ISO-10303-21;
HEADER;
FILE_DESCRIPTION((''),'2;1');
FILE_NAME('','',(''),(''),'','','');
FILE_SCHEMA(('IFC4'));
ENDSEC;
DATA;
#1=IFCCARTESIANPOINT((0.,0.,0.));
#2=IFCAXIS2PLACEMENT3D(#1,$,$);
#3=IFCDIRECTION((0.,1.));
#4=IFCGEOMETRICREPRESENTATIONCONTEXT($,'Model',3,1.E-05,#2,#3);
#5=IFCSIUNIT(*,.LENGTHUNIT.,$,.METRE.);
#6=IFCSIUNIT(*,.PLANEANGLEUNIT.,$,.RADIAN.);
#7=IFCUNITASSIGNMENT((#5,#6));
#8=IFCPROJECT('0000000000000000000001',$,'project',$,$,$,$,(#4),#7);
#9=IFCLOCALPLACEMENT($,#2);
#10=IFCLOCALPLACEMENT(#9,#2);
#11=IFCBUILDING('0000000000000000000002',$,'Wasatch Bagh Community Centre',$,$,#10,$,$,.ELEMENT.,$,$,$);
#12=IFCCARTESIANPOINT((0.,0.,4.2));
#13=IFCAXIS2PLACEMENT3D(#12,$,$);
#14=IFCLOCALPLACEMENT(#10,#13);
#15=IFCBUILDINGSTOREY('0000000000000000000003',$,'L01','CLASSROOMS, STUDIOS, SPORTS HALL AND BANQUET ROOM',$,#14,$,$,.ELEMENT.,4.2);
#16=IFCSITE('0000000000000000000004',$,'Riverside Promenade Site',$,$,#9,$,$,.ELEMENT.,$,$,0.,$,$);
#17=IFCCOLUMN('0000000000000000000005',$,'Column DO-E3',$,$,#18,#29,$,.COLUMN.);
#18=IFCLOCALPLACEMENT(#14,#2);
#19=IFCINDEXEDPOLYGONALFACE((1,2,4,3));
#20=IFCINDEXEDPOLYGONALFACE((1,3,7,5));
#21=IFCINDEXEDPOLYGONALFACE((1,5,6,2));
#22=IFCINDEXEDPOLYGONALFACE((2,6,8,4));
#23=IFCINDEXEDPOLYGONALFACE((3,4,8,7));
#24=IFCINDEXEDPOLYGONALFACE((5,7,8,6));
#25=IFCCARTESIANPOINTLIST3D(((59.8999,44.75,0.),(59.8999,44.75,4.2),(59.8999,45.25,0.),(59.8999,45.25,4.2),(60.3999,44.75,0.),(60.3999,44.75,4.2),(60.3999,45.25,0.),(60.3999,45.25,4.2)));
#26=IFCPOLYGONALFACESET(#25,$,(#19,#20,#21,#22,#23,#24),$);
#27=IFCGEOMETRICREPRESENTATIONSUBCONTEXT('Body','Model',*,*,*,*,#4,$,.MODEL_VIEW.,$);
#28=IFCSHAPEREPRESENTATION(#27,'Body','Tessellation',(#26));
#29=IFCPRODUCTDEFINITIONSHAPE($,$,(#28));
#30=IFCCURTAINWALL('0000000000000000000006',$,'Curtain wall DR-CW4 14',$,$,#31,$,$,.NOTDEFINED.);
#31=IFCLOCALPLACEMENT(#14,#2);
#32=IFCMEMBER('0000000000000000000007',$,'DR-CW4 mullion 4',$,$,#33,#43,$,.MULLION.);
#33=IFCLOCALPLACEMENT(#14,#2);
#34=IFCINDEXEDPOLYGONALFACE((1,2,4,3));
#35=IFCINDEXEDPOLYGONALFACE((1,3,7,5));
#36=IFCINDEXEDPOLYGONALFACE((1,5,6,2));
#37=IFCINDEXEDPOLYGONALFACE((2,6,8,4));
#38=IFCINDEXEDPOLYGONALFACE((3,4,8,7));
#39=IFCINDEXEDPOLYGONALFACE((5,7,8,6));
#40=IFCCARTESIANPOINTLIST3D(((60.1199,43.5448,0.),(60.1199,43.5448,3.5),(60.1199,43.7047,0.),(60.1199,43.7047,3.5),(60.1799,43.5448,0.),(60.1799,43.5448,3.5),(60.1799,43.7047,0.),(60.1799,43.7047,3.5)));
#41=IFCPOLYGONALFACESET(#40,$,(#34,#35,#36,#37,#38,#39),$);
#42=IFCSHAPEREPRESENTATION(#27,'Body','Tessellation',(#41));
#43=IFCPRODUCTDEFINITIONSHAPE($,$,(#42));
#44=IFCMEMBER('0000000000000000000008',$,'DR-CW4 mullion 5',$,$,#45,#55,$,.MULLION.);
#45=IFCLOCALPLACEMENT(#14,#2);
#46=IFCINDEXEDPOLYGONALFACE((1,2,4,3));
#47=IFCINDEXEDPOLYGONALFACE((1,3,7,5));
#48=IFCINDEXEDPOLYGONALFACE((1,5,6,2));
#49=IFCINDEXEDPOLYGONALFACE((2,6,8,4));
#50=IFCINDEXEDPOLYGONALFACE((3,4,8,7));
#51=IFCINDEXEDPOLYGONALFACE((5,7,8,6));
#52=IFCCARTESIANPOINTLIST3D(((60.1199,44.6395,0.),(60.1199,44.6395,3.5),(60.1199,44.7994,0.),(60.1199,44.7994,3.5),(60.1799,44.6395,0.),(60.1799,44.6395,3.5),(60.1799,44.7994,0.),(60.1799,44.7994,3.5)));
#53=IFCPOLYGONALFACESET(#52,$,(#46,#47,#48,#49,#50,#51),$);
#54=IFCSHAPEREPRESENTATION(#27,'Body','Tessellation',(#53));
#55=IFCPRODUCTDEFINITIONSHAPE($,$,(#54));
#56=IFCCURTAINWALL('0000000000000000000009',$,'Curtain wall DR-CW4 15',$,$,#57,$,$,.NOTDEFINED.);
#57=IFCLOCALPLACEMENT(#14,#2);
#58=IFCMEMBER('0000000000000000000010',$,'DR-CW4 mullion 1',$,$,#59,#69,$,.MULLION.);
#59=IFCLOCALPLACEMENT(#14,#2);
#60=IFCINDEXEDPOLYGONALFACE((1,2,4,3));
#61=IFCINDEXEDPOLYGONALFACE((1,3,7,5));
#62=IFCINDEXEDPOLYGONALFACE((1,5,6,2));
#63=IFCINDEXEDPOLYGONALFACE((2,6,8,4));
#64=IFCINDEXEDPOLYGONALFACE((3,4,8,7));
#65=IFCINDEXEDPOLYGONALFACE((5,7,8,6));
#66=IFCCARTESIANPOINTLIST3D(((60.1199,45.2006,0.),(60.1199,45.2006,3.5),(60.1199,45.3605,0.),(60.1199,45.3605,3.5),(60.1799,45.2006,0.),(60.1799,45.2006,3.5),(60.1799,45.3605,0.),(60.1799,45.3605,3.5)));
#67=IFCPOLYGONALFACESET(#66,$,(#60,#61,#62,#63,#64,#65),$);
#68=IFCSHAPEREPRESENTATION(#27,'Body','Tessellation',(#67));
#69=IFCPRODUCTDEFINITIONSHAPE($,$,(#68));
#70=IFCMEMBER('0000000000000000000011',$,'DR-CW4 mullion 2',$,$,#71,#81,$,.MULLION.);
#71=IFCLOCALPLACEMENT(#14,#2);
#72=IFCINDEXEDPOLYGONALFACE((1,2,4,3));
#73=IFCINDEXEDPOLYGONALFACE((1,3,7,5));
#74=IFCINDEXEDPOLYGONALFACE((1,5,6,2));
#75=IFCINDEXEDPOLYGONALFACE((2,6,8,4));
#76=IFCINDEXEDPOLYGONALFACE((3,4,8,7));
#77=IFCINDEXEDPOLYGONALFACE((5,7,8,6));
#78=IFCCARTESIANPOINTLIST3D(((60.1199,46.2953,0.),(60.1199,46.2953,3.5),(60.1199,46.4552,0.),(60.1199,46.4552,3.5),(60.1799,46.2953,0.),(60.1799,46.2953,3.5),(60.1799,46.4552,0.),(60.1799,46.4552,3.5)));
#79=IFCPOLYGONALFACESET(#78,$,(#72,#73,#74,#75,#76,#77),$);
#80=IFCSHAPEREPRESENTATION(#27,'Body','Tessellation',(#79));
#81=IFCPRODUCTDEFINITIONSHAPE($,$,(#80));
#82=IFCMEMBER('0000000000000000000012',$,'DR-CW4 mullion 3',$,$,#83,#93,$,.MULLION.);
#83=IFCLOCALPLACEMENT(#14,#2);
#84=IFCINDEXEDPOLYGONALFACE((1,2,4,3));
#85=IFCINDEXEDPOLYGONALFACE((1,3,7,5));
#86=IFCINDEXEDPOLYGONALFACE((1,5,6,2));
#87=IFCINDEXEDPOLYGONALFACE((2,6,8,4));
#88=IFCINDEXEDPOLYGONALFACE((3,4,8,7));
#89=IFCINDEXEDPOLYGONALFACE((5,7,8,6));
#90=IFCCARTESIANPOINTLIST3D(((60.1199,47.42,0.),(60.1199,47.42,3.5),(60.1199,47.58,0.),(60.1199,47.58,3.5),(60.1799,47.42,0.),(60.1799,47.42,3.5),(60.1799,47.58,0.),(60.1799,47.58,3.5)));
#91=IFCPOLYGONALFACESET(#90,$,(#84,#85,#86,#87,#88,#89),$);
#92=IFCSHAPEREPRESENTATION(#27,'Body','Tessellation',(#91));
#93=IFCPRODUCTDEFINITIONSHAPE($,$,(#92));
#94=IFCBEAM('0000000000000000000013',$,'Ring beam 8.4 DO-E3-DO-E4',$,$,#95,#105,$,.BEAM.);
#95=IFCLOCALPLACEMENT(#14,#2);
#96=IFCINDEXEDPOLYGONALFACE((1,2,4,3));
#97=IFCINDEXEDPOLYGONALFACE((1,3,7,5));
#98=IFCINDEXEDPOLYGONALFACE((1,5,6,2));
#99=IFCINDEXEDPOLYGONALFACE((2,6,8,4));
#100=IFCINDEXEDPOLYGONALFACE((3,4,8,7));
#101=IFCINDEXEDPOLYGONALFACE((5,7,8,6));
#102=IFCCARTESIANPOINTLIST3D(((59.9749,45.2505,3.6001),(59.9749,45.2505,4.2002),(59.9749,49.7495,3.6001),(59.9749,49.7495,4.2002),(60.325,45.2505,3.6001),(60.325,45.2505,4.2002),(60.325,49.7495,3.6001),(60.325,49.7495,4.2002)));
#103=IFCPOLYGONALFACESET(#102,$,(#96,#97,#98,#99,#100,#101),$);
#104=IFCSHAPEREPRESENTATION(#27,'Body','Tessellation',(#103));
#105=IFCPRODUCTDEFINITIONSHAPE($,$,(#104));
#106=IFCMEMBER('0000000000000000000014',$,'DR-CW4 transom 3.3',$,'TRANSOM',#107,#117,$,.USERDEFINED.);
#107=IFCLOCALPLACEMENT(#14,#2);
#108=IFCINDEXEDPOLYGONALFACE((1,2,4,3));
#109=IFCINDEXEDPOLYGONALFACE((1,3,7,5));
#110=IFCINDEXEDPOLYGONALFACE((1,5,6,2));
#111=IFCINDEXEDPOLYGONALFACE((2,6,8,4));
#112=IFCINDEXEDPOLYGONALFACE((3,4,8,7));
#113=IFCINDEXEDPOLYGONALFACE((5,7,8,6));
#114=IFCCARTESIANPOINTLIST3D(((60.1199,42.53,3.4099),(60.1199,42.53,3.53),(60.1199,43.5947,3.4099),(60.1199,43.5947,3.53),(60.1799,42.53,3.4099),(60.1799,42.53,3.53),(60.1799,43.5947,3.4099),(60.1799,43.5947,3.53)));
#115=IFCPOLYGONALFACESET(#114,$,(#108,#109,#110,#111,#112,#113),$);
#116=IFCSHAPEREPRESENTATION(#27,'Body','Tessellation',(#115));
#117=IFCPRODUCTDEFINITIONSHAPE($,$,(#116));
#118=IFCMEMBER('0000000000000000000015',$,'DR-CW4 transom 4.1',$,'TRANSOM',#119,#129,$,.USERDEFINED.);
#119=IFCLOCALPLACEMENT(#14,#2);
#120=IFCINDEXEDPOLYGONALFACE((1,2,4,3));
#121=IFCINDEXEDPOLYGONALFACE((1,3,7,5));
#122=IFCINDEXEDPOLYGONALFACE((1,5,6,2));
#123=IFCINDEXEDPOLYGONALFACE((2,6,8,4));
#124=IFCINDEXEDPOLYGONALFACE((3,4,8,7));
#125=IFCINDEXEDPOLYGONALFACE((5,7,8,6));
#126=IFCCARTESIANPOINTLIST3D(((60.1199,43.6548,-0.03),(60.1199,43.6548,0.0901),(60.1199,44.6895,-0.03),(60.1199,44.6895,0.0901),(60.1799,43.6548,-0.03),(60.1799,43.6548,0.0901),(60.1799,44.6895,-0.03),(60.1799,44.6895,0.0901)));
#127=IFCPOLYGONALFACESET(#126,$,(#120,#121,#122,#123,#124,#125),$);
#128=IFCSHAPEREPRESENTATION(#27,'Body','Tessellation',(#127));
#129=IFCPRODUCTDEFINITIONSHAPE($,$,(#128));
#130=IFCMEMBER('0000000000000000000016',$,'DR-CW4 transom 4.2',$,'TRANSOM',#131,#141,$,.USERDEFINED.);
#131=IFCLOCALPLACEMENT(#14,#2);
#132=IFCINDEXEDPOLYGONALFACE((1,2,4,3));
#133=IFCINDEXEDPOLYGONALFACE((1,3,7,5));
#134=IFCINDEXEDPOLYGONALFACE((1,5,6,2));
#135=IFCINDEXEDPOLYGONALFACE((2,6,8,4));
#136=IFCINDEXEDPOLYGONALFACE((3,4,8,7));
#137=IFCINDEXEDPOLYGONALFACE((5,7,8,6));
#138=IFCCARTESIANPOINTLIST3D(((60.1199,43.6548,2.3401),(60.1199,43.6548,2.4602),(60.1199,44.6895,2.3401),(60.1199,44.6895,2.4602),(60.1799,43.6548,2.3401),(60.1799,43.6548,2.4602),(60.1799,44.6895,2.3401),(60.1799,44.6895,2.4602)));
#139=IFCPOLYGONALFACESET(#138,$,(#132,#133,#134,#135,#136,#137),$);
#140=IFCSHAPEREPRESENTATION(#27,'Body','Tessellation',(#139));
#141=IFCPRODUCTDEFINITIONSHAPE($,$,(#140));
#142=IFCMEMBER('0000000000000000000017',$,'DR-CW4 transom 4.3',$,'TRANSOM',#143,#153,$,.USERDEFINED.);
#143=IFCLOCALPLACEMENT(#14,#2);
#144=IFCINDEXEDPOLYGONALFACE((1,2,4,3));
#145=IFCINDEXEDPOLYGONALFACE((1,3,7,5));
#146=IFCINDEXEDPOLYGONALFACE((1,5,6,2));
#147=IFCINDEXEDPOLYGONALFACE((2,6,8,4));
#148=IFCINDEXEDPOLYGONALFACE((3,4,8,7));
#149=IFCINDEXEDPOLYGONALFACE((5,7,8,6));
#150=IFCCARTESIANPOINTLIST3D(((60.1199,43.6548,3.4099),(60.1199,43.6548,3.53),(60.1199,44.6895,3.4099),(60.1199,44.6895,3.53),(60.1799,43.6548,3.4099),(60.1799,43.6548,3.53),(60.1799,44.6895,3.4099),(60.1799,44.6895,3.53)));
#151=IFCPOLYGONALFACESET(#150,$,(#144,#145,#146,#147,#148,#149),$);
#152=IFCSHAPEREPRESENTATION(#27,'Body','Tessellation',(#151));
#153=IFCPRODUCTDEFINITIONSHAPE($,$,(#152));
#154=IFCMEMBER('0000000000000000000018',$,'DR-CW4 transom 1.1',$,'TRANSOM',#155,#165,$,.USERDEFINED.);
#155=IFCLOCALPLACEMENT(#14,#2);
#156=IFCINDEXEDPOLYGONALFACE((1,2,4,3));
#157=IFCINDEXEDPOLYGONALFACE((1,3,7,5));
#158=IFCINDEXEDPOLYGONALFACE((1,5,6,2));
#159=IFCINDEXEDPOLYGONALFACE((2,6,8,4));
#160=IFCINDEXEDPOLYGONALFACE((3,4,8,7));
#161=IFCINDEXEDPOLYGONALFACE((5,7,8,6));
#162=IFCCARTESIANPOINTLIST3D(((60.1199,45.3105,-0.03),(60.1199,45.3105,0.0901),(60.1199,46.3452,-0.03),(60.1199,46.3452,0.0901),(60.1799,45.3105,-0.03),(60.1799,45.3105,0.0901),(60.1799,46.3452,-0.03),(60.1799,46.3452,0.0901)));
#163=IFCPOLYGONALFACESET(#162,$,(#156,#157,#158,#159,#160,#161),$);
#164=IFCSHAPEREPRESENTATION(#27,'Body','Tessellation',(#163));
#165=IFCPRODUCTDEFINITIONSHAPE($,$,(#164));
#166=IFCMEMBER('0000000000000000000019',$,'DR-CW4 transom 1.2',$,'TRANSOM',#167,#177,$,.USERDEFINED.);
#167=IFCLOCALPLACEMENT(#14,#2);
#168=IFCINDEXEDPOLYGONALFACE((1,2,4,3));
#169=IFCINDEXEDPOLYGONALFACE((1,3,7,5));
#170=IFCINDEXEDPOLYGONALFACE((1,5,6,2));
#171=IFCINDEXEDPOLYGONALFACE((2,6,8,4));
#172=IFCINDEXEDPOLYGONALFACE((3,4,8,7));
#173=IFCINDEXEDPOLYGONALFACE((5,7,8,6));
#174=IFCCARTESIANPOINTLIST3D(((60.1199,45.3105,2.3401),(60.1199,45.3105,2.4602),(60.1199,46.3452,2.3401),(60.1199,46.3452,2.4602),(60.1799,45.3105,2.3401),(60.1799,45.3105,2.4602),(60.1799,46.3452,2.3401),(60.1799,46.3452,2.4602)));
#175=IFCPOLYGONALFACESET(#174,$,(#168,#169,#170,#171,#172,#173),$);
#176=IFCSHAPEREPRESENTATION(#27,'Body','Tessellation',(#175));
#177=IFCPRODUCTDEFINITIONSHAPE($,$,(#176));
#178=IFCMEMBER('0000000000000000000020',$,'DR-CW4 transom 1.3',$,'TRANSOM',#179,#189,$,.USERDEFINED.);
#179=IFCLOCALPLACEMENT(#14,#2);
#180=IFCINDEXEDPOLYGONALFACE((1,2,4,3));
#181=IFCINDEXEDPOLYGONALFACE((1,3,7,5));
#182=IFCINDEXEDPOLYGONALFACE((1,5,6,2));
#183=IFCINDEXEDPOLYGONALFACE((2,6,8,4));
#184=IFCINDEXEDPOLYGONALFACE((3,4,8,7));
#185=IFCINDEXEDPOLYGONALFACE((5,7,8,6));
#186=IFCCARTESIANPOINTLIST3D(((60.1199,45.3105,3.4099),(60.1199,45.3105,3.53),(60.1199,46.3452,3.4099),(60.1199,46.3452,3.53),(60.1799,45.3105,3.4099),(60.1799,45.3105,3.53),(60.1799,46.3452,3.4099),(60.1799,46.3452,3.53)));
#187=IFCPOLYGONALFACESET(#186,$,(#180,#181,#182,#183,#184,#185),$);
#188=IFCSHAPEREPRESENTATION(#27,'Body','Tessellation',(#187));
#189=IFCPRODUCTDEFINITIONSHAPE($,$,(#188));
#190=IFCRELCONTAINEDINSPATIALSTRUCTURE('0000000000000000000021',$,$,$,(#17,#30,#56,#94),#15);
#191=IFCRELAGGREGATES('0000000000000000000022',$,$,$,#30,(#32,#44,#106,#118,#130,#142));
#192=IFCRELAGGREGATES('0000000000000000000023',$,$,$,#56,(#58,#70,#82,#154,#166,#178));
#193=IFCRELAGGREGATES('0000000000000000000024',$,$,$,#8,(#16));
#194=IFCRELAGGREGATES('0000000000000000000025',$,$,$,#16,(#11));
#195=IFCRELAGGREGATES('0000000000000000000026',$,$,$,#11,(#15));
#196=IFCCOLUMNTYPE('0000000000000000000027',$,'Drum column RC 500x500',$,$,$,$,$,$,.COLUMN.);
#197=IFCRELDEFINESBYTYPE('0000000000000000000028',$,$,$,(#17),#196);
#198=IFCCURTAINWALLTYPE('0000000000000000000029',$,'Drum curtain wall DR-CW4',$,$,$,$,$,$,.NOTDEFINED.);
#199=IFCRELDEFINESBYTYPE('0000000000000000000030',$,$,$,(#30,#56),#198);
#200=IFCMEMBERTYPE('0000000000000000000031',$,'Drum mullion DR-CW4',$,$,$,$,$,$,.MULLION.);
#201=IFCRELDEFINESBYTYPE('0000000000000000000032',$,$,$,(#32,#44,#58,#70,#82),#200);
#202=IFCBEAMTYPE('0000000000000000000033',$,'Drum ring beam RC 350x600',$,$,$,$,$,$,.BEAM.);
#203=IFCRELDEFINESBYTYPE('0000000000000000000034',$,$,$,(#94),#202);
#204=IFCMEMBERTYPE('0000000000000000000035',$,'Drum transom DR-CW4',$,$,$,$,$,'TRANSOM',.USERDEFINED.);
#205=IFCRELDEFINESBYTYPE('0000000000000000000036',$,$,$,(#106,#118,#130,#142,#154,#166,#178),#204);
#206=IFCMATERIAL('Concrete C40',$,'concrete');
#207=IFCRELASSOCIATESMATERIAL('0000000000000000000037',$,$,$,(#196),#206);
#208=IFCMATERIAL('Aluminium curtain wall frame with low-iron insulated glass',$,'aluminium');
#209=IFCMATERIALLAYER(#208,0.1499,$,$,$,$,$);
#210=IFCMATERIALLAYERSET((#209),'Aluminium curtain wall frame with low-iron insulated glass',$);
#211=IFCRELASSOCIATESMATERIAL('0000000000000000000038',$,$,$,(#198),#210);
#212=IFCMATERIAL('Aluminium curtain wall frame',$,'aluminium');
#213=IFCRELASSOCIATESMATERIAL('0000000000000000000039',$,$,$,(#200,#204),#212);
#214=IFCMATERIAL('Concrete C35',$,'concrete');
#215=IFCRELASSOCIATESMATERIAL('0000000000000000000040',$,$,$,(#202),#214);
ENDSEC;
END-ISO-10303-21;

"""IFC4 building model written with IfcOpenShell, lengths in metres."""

from ifc_helpers import new_model, si_unit, direction, frame, origin, origin_2d, place, context, subcontext, project, spatial, rectangle, extrude, material, layer, layer_set, material_profile, profile_set, type_object, element, aggregate, save


model = new_model("IFC4")

# Units and contexts
model_context = context("Model", 3, precision=1e-05, world=origin(), true_north=direction((0.0, 1.0)))
body_context = subcontext(model_context, "Body", "Model", "MODEL_VIEW")
ifc_project = project(units=[si_unit("LENGTHUNIT", "METRE"), si_unit("PLANEANGLEUNIT", "RADIAN")], contexts=[model_context])

# Site, building, storey
site_placement = place(None, origin())
site = spatial("IfcSite", under=ifc_project, at=site_placement, Name="Riverside Promenade Site", CompositionType="ELEMENT", RefElevation=0.0)
building_placement = place(site_placement, origin())
building = spatial("IfcBuilding", under=site, at=building_placement, Name="Wasatch Bagh Community Centre", CompositionType="ELEMENT")
storey_placement = place(building_placement, frame((0.0, 0.0, 4.2)))
storey = spatial("IfcBuildingStorey", under=building, at=storey_placement, Name="L01", Description="CLASSROOMS, STUDIOS, SPORTS HALL AND BANQUET ROOM", CompositionType="ELEMENT", Elevation=4.2)

# Column
ifc_material_1 = material(Name="Concrete C40", Category="concrete")
ifc_material_profile_1 = material_profile(ifc_material_1, rectangle(XDim=0.5, YDim=0.5, at=origin_2d()), Name="RC 500x500")
ifc_profile_set_1 = profile_set([ifc_material_profile_1], Name="Concrete C40")
column_type = type_object("IfcColumnType", Name="Drum column RC 500x500", PredefinedType="COLUMN", material=ifc_profile_set_1)
column_placement = place(storey_placement, frame((60.1499, 45.0, 0.0), z_axis=(0.0, 0.0, 1.0), x_axis=(1.0, 0.0, 0.0)))
element("IfcColumn", 1, at=column_placement, inside=storey, type_object=column_type, Name="Column DO-E3", PredefinedType="COLUMN", context=body_context, shape_type="SweptSolid", body=[
    extrude(rectangle(XDim=0.5, YDim=0.5, at=origin_2d()), origin(), (0.0, 0.0, 1.0), 4.2),
])

# Curtain walls, members
ifc_material_2 = material(Name="Aluminium curtain wall frame with low-iron insulated glass", Category="aluminium")
ifc_layer_1 = layer(ifc_material_2, 0.1499)
ifc_layer_set_1 = layer_set([ifc_layer_1], Name="Aluminium curtain wall frame with low-iron insulated glass")
curtain_wall_type = type_object("IfcCurtainWallType", Name="Drum curtain wall DR-CW4", PredefinedType="NOTDEFINED", material=ifc_layer_set_1)
curtain_wall_1_placement = place(storey_placement, origin())
curtain_wall_1 = element("IfcCurtainWall", 2, at=curtain_wall_1_placement, inside=storey, type_object=curtain_wall_type, Name="Curtain wall DR-CW4 14", PredefinedType="NOTDEFINED")
ifc_material_3 = material(Name="Aluminium curtain wall frame", Category="aluminium")
ifc_material_profile_2 = material_profile(ifc_material_3, rectangle(XDim=0.0601, YDim=0.1599, at=origin_2d()), Name="Drum mullion DR-CW4")
ifc_profile_set_2 = profile_set([ifc_material_profile_2], Name="Aluminium curtain wall frame")
member_type_1 = type_object("IfcMemberType", Name="Drum mullion DR-CW4", PredefinedType="MULLION", material=ifc_profile_set_2)
member_1_placement = place(storey_placement, frame((60.1499, 43.6248, 0.0), z_axis=(0.0, 0.0, 1.0), x_axis=(-1.0, 0.0, 0.0)))
member_1 = element("IfcMember", 3, at=member_1_placement, type_object=member_type_1, Name="DR-CW4 mullion 4", PredefinedType="MULLION", context=body_context, shape_type="SweptSolid", body=[
    extrude(rectangle(XDim=0.0601, YDim=0.1599, at=origin_2d()), origin(), (0.0, 0.0, 1.0), 3.5),
])
member_2_placement = place(storey_placement, frame((60.1499, 44.7195, 0.0), z_axis=(0.0, 0.0, 1.0), x_axis=(-1.0, 0.0, 0.0)))
member_2 = element("IfcMember", 4, at=member_2_placement, type_object=member_type_1, Name="DR-CW4 mullion 5", PredefinedType="MULLION", context=body_context, shape_type="SweptSolid", body=[
    extrude(rectangle(XDim=0.0601, YDim=0.1599, at=origin_2d()), origin(), (0.0, 0.0, 1.0), 3.5),
])
curtain_wall_2_placement = place(storey_placement, origin())
curtain_wall_2 = element("IfcCurtainWall", 5, at=curtain_wall_2_placement, inside=storey, type_object=curtain_wall_type, Name="Curtain wall DR-CW4 15", PredefinedType="NOTDEFINED")
member_3_placement = place(storey_placement, frame((60.1499, 45.2805, 0.0), z_axis=(0.0, 0.0, 1.0), x_axis=(-1.0, 0.0, 0.0)))
member_3 = element("IfcMember", 6, at=member_3_placement, type_object=member_type_1, Name="DR-CW4 mullion 1", PredefinedType="MULLION", context=body_context, shape_type="SweptSolid", body=[
    extrude(rectangle(XDim=0.0601, YDim=0.1599, at=origin_2d()), origin(), (0.0, 0.0, 1.0), 3.5),
])
member_4_placement = place(storey_placement, frame((60.1499, 46.3752, 0.0), z_axis=(0.0, 0.0, 1.0), x_axis=(-1.0, 0.0, 0.0)))
member_4 = element("IfcMember", 7, at=member_4_placement, type_object=member_type_1, Name="DR-CW4 mullion 2", PredefinedType="MULLION", context=body_context, shape_type="SweptSolid", body=[
    extrude(rectangle(XDim=0.0601, YDim=0.1599, at=origin_2d()), origin(), (0.0, 0.0, 1.0), 3.5),
])
member_5_placement = place(storey_placement, frame((60.1499, 47.5, 0.0), z_axis=(0.0, 0.0, 1.0), x_axis=(-1.0, 0.0, 0.0)))
member_5 = element("IfcMember", 8, at=member_5_placement, type_object=member_type_1, Name="DR-CW4 mullion 3", PredefinedType="MULLION", context=body_context, shape_type="SweptSolid", body=[
    extrude(rectangle(XDim=0.0601, YDim=0.1599, at=origin_2d()), origin(), (0.0, 0.0, 1.0), 3.5),
])

# Beam
ifc_material_4 = material(Name="Concrete C35", Category="concrete")
ifc_material_profile_3 = material_profile(ifc_material_4, rectangle(XDim=0.3501, YDim=0.6001, at=origin_2d()), Name="RC 350x600")
ifc_profile_set_3 = profile_set([ifc_material_profile_3], Name="Concrete C35")
beam_type = type_object("IfcBeamType", Name="Drum ring beam RC 350x600", PredefinedType="BEAM", material=ifc_profile_set_3)
beam_placement = place(storey_placement, frame((60.1499, 45.2505, 3.9001), z_axis=(0.0, 1.0, 0.0), x_axis=(-1.0, 0.0, 0.0)))
element("IfcBeam", 9, at=beam_placement, inside=storey, type_object=beam_type, Name="Ring beam 8.4 DO-E3-DO-E4", PredefinedType="BEAM", context=body_context, shape_type="SweptSolid", body=[
    extrude(rectangle(XDim=0.3501, YDim=0.6001, at=origin_2d()), origin(), (0.0, 0.0, 1.0), 4.499),
])

# Members
ifc_material_profile_4 = material_profile(ifc_material_3, rectangle(XDim=0.0601, YDim=0.1201, at=origin_2d()), Name="Drum transom DR-CW4")
ifc_profile_set_4 = profile_set([ifc_material_profile_4], Name="Aluminium curtain wall frame")
member_type_2 = type_object("IfcMemberType", Name="Drum transom DR-CW4", ElementType="TRANSOM", PredefinedType="USERDEFINED", material=ifc_profile_set_4)
member_6_placement = place(storey_placement, frame((60.1499, 42.53, 3.47), z_axis=(0.0, 1.0, 0.0), x_axis=(-1.0, 0.0, 0.0)))
member_6 = element("IfcMember", 10, at=member_6_placement, type_object=member_type_2, Name="DR-CW4 transom 3.3", ObjectType="TRANSOM", PredefinedType="USERDEFINED", context=body_context, shape_type="SweptSolid", body=[
    extrude(rectangle(XDim=0.0601, YDim=0.1201, at=origin_2d()), origin(), (0.0, 0.0, 1.0), 1.0647),
])
member_7_placement = place(storey_placement, frame((60.1499, 43.6548, 0.03), z_axis=(0.0, 1.0, 0.0), x_axis=(-1.0, 0.0, 0.0)))
member_7 = element("IfcMember", 11, at=member_7_placement, type_object=member_type_2, Name="DR-CW4 transom 4.1", ObjectType="TRANSOM", PredefinedType="USERDEFINED", context=body_context, shape_type="SweptSolid", body=[
    extrude(rectangle(XDim=0.0601, YDim=0.1201, at=origin_2d()), origin(), (0.0, 0.0, 1.0), 1.0347),
])
member_8_placement = place(storey_placement, frame((60.1499, 43.6548, 2.4001), z_axis=(0.0, 1.0, 0.0), x_axis=(-1.0, 0.0, 0.0)))
member_8 = element("IfcMember", 12, at=member_8_placement, type_object=member_type_2, Name="DR-CW4 transom 4.2", ObjectType="TRANSOM", PredefinedType="USERDEFINED", context=body_context, shape_type="SweptSolid", body=[
    extrude(rectangle(XDim=0.0601, YDim=0.1201, at=origin_2d()), origin(), (0.0, 0.0, 1.0), 1.0347),
])
member_9_placement = place(storey_placement, frame((60.1499, 43.6548, 3.47), z_axis=(0.0, 1.0, 0.0), x_axis=(-1.0, 0.0, 0.0)))
member_9 = element("IfcMember", 13, at=member_9_placement, type_object=member_type_2, Name="DR-CW4 transom 4.3", ObjectType="TRANSOM", PredefinedType="USERDEFINED", context=body_context, shape_type="SweptSolid", body=[
    extrude(rectangle(XDim=0.0601, YDim=0.1201, at=origin_2d()), origin(), (0.0, 0.0, 1.0), 1.0347),
])
member_10_placement = place(storey_placement, frame((60.1499, 45.3105, 0.03), z_axis=(0.0, 1.0, 0.0), x_axis=(-1.0, 0.0, 0.0)))
member_10 = element("IfcMember", 14, at=member_10_placement, type_object=member_type_2, Name="DR-CW4 transom 1.1", ObjectType="TRANSOM", PredefinedType="USERDEFINED", context=body_context, shape_type="SweptSolid", body=[
    extrude(rectangle(XDim=0.0601, YDim=0.1201, at=origin_2d()), origin(), (0.0, 0.0, 1.0), 1.0347),
])
member_11_placement = place(storey_placement, frame((60.1499, 45.3105, 2.4001), z_axis=(0.0, 1.0, 0.0), x_axis=(-1.0, 0.0, 0.0)))
member_11 = element("IfcMember", 15, at=member_11_placement, type_object=member_type_2, Name="DR-CW4 transom 1.2", ObjectType="TRANSOM", PredefinedType="USERDEFINED", context=body_context, shape_type="SweptSolid", body=[
    extrude(rectangle(XDim=0.0601, YDim=0.1201, at=origin_2d()), origin(), (0.0, 0.0, 1.0), 1.0347),
])
member_12_placement = place(storey_placement, frame((60.1499, 45.3105, 3.47), z_axis=(0.0, 1.0, 0.0), x_axis=(-1.0, 0.0, 0.0)))
member_12 = element("IfcMember", 16, at=member_12_placement, type_object=member_type_2, Name="DR-CW4 transom 1.3", ObjectType="TRANSOM", PredefinedType="USERDEFINED", context=body_context, shape_type="SweptSolid", body=[
    extrude(rectangle(XDim=0.0601, YDim=0.1201, at=origin_2d()), origin(), (0.0, 0.0, 1.0), 1.0347),
])

aggregate(curtain_wall_1, [member_1, member_2, member_6, member_7, member_8, member_9])
aggregate(curtain_wall_2, [member_3, member_4, member_5, member_10, member_11, member_12])

save(model, "model.ifc")
